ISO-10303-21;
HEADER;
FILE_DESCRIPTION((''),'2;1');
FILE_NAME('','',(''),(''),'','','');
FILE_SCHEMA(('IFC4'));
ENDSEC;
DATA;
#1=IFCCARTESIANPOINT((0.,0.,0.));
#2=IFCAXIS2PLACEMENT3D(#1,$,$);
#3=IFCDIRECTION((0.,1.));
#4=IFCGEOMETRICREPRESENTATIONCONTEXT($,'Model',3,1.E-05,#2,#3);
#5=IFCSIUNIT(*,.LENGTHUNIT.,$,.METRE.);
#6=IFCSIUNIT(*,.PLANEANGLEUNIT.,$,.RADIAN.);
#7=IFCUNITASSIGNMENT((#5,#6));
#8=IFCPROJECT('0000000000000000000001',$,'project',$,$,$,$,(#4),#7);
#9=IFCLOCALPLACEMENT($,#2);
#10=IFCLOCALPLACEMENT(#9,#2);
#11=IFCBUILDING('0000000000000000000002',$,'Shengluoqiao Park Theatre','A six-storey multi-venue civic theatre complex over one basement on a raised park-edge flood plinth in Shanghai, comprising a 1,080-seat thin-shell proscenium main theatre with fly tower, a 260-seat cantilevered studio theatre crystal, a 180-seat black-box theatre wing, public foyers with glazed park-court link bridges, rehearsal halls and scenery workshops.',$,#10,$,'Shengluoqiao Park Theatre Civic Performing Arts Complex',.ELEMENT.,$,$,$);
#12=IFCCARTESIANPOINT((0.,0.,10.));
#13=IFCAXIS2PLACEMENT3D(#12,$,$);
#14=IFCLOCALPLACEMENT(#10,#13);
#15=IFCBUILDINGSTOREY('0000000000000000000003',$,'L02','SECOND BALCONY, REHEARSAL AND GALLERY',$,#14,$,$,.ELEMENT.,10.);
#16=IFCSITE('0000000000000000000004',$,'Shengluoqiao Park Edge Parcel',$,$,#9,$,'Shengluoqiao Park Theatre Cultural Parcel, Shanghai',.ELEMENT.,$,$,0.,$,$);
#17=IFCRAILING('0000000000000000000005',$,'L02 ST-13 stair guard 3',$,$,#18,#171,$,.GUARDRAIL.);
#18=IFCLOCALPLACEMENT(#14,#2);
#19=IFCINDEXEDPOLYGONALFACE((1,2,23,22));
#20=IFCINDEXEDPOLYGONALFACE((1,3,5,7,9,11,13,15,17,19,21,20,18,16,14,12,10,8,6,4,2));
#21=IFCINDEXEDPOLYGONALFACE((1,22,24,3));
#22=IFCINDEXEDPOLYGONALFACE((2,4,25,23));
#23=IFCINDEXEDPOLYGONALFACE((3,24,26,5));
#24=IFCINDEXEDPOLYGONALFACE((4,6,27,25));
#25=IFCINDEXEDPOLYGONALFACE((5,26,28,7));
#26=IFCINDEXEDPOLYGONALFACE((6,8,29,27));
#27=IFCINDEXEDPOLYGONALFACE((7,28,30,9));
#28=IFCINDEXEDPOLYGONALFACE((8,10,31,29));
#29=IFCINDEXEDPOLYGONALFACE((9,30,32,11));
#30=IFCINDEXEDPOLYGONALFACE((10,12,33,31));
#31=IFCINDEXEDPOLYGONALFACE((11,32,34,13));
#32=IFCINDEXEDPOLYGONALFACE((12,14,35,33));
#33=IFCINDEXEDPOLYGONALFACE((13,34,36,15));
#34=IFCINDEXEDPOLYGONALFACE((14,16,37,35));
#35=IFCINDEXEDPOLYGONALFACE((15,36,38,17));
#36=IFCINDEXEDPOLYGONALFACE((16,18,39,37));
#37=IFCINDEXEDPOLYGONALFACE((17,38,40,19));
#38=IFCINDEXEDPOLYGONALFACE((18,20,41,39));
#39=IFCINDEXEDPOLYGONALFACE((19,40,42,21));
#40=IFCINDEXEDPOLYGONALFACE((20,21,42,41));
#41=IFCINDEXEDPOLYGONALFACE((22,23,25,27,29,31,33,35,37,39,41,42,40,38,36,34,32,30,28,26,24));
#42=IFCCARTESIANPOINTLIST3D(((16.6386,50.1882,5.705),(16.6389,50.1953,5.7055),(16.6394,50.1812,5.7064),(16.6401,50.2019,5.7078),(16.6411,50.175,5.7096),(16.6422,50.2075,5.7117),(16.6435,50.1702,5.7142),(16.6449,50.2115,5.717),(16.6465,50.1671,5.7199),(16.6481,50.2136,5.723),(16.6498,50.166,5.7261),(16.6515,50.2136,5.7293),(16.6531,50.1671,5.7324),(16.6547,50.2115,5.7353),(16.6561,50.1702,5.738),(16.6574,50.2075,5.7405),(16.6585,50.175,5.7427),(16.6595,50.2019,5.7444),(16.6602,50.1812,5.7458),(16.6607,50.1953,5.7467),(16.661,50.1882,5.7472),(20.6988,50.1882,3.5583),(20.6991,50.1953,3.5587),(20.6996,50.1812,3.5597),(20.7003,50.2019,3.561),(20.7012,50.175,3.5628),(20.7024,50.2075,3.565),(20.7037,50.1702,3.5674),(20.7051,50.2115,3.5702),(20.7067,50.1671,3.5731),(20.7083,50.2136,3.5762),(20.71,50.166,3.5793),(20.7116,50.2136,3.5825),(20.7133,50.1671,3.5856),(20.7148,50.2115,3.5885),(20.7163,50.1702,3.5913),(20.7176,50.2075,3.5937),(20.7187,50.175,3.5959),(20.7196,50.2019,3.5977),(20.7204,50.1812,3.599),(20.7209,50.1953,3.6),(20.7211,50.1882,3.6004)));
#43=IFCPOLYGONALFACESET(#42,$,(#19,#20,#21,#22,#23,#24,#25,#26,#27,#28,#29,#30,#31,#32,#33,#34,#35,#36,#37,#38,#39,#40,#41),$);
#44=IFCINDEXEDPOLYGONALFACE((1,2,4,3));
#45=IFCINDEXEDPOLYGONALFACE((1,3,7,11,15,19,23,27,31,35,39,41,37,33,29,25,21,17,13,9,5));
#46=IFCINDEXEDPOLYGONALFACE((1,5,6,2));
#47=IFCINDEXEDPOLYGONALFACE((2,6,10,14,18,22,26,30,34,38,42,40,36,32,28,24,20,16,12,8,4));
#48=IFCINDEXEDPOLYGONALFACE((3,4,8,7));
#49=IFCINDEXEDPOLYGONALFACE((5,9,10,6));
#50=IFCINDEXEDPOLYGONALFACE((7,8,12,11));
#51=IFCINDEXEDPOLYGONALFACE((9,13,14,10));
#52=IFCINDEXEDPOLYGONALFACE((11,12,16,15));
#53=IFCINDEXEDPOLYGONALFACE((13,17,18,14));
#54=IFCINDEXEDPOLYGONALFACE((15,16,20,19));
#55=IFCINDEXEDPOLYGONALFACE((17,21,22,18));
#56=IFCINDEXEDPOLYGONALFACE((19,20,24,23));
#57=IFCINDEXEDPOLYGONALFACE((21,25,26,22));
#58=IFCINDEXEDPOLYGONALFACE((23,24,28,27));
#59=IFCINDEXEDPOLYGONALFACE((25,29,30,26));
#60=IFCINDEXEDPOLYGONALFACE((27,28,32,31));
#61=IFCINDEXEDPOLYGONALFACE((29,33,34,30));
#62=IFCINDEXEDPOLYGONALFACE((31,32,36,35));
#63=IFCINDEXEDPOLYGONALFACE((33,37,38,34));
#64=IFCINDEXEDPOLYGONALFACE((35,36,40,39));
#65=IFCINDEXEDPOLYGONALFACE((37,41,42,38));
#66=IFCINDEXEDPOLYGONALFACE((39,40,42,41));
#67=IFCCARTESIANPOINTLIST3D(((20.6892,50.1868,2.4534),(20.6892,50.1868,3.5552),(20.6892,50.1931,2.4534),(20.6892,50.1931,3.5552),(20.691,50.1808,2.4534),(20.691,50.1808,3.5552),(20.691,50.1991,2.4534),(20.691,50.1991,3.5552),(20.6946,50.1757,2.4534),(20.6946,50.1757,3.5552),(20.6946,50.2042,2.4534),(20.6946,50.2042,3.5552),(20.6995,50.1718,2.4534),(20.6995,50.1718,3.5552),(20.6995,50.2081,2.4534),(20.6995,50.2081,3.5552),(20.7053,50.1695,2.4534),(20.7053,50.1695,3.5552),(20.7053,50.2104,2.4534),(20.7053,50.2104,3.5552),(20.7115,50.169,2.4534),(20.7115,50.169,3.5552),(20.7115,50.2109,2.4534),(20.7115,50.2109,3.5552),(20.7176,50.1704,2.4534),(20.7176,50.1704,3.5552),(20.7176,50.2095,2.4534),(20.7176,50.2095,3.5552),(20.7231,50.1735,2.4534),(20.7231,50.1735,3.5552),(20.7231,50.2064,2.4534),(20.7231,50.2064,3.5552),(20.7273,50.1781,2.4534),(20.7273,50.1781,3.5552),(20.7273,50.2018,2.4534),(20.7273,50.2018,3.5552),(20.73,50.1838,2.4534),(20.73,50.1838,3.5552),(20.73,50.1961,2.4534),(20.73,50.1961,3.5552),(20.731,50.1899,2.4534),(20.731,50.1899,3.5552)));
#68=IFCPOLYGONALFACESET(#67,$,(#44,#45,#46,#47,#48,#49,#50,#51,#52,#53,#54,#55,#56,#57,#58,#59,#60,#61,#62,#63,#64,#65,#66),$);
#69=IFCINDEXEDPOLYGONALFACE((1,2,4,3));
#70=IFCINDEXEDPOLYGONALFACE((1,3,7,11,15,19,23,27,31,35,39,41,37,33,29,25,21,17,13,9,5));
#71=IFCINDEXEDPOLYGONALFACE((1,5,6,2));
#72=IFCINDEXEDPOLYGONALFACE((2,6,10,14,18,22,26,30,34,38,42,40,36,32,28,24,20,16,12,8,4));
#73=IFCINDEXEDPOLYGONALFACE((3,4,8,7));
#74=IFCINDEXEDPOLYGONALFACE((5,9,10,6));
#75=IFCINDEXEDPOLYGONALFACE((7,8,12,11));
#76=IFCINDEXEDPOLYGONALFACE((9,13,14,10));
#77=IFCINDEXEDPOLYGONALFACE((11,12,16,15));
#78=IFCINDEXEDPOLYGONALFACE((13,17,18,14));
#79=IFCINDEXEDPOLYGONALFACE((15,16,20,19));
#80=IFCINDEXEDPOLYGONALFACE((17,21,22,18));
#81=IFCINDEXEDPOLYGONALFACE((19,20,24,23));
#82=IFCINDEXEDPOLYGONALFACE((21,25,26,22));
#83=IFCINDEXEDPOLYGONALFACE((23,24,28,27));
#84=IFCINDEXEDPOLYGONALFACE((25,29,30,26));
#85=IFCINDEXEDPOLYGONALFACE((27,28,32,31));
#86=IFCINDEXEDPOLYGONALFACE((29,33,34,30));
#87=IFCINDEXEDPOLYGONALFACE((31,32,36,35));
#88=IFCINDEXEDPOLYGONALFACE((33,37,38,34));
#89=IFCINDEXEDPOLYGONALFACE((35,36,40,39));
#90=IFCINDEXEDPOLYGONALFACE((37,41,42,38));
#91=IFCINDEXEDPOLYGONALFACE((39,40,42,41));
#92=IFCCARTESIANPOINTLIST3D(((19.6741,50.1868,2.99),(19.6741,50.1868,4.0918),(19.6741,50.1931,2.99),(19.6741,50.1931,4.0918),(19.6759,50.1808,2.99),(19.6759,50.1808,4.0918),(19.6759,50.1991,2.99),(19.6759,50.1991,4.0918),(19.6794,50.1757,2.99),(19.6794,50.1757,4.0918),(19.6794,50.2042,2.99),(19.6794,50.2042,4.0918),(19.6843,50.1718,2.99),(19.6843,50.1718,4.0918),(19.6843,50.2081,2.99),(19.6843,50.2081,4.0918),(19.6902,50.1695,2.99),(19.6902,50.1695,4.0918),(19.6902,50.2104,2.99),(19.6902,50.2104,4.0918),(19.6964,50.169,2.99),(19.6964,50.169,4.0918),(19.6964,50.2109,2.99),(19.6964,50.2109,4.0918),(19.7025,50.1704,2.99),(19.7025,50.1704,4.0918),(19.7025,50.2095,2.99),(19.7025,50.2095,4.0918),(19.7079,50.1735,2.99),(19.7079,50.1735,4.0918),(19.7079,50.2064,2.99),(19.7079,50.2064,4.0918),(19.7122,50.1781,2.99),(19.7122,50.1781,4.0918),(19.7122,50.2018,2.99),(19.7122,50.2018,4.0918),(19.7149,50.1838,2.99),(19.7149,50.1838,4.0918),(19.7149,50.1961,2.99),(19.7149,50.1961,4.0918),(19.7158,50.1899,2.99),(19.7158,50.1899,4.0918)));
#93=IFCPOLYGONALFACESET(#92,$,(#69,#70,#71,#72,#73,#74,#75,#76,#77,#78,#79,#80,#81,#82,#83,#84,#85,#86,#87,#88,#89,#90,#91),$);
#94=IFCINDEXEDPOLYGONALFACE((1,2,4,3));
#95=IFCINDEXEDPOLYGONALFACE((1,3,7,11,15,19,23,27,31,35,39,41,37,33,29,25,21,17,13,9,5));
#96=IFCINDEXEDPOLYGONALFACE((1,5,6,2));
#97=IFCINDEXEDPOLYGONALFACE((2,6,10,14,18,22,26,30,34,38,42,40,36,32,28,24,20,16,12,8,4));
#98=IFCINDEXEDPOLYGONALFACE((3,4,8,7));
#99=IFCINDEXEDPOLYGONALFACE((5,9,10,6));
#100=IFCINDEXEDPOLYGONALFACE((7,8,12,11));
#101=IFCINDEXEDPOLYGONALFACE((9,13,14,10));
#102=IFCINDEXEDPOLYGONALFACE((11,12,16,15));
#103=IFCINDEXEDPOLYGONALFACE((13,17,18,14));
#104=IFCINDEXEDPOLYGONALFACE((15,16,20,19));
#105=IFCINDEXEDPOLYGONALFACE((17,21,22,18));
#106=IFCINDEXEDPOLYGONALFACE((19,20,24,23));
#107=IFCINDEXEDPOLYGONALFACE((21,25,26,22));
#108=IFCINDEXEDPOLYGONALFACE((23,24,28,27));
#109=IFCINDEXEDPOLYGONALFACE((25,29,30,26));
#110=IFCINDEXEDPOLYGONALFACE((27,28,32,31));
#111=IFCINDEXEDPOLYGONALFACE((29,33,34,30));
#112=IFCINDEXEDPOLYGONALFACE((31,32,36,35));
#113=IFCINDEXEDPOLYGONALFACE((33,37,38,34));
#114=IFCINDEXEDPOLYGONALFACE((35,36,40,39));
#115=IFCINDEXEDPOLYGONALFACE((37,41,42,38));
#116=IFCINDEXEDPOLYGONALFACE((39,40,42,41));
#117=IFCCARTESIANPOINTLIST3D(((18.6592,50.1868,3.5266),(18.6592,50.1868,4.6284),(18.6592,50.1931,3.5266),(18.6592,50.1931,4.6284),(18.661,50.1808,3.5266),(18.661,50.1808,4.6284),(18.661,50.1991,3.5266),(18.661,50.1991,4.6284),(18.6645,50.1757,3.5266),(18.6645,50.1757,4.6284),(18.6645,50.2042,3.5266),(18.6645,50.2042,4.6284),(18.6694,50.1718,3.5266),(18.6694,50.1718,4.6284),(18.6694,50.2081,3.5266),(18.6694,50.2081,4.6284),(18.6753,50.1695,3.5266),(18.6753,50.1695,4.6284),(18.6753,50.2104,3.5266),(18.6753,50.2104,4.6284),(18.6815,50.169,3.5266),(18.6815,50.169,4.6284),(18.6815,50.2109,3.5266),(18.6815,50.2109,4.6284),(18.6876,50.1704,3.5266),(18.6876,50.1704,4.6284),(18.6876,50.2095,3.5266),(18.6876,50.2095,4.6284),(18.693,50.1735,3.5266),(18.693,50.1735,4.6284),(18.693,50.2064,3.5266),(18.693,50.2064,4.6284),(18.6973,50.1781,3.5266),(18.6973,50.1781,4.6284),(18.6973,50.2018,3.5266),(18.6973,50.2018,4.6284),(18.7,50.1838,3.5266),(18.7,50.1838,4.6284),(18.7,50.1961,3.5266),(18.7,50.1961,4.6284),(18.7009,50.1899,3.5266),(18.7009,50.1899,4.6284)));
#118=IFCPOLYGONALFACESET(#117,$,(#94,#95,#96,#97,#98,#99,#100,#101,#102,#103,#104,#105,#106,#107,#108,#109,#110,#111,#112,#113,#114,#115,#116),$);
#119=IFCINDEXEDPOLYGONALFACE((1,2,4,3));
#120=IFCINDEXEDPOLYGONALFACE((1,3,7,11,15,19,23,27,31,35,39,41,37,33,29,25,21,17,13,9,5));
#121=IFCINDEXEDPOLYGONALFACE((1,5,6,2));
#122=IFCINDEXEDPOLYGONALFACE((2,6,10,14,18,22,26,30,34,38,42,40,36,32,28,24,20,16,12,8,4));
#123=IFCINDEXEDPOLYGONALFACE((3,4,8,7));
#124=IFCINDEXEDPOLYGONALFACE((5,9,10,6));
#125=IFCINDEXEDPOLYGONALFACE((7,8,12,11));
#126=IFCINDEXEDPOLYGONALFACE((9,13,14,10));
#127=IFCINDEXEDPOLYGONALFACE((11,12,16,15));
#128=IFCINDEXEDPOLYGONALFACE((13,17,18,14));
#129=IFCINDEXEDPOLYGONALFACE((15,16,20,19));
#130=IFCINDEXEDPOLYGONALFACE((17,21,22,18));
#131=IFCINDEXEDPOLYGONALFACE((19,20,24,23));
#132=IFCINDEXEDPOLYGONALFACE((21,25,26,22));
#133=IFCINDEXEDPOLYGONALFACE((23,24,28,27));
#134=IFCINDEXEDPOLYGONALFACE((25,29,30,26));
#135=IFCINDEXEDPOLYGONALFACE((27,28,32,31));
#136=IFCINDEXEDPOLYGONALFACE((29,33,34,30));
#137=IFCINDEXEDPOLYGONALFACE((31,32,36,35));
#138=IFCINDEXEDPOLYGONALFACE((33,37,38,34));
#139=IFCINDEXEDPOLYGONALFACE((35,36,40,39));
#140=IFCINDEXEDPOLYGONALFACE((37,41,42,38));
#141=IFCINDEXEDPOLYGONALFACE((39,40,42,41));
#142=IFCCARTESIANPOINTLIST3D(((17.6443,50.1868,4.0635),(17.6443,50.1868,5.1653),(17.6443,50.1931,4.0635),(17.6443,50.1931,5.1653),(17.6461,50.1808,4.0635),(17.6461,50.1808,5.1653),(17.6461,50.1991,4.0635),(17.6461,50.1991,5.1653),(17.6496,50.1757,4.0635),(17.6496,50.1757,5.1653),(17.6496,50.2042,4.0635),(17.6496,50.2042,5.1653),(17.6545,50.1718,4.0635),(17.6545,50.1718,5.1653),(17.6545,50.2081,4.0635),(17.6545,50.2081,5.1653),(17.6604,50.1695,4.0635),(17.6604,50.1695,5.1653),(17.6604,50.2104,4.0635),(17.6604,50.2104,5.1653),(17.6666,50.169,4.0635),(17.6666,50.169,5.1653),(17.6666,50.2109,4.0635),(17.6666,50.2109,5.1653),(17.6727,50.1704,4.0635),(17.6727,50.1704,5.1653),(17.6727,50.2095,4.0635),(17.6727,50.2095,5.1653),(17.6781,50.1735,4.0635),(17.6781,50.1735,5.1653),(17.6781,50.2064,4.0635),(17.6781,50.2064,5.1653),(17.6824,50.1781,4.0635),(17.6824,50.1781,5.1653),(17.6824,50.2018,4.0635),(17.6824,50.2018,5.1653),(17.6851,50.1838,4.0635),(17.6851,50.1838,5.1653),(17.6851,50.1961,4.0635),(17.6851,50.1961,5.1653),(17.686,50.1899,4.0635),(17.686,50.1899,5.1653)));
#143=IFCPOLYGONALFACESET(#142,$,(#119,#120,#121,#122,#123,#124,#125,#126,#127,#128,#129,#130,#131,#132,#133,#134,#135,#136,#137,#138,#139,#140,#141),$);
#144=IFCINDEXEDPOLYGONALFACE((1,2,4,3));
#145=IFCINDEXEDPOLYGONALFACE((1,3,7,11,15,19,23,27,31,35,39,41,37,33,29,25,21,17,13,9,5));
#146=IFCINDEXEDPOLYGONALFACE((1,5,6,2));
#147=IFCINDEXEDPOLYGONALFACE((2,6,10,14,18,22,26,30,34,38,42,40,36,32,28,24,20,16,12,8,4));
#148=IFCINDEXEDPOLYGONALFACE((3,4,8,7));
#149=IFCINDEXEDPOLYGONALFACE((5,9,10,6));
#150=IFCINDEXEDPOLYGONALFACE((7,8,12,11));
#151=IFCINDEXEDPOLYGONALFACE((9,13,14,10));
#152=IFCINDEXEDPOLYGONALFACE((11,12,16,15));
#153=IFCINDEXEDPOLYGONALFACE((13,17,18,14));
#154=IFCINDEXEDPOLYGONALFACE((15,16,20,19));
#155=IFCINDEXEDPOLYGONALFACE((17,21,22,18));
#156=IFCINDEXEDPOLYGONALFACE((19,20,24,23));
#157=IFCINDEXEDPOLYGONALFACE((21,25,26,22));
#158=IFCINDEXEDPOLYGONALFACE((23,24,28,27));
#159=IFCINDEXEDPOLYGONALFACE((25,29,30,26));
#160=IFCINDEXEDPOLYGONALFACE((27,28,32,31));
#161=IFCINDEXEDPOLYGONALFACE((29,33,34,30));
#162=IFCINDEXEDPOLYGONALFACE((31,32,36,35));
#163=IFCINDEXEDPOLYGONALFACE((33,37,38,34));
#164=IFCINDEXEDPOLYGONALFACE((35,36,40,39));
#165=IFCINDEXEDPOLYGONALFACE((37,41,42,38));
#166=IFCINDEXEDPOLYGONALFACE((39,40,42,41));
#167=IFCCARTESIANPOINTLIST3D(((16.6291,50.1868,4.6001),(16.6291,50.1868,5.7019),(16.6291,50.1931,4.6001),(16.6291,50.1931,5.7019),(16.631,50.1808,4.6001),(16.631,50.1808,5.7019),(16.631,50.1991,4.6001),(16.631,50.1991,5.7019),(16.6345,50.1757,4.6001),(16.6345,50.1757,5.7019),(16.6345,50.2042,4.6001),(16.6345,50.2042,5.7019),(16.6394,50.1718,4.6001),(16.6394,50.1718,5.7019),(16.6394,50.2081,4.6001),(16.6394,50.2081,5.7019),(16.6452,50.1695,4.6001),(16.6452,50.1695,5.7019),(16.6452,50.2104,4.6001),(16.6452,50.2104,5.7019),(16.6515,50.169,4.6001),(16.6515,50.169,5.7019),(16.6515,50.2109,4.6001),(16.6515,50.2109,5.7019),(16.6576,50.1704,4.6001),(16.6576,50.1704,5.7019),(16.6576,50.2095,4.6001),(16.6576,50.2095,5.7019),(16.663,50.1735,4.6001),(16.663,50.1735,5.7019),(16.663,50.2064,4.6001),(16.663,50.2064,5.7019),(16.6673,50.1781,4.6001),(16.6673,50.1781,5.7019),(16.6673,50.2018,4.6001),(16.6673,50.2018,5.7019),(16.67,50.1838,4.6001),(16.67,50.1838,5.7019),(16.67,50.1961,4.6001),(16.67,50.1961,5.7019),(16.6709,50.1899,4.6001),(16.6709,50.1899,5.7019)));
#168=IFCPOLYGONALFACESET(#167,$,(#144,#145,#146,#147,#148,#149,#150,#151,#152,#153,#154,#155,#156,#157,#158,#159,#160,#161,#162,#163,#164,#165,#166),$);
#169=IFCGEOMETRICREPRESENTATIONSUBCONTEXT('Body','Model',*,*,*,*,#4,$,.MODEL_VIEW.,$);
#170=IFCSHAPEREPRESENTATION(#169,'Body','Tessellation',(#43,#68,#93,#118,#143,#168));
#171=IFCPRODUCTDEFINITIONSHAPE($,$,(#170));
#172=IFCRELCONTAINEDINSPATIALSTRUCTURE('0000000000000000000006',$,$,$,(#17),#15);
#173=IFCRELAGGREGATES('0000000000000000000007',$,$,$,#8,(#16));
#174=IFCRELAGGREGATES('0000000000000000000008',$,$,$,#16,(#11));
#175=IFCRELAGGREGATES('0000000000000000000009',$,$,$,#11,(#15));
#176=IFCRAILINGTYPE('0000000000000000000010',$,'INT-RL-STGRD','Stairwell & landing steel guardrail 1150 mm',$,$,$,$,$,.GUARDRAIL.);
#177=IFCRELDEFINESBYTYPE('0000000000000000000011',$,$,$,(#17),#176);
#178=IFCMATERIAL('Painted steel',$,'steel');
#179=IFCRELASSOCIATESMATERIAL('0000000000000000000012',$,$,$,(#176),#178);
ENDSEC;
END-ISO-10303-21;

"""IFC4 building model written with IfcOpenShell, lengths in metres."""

from ifc_helpers import new_model, si_unit, direction, frame, origin, origin_2d, place, context, subcontext, project, spatial, circle, extrude, material, type_object, element, save


model = new_model("IFC4")

# Units and contexts
model_context = context("Model", 3, precision=1e-05, world=origin(), true_north=direction((0.0, 1.0)))
body_context = subcontext(model_context, "Body", "Model", "MODEL_VIEW")
ifc_project = project(units=[si_unit("LENGTHUNIT", "METRE"), si_unit("PLANEANGLEUNIT", "RADIAN")], contexts=[model_context])

# Site, building, storey
site_placement = place(None, origin())
site = spatial("IfcSite", under=ifc_project, at=site_placement, Name="Shengluoqiao Park Edge Parcel", LongName="Shengluoqiao Park Theatre Cultural Parcel, Shanghai", CompositionType="ELEMENT", RefElevation=0.0)
building_placement = place(site_placement, origin())
building = spatial("IfcBuilding", under=site, at=building_placement, Name="Shengluoqiao Park Theatre", Description="A six-storey multi-venue civic theatre complex over one basement on a raised park-edge flood plinth in Shanghai, comprising a 1,080-seat thin-shell proscenium main theatre with fly tower, a 260-seat cantilevered studio theatre crystal, a 180-seat black-box theatre wing, public foyers with glazed park-court link bridges, rehearsal halls and scenery workshops.", LongName="Shengluoqiao Park Theatre Civic Performing Arts Complex", CompositionType="ELEMENT")
storey_placement = place(building_placement, frame((0.0, 0.0, 10.0)))
storey = spatial("IfcBuildingStorey", under=building, at=storey_placement, Name="L02", Description="SECOND BALCONY, REHEARSAL AND GALLERY", CompositionType="ELEMENT", Elevation=10.0)

# Railing
ifc_material_1 = material(Name="Painted steel", Category="steel")
railing_type_1 = type_object("IfcRailingType", Name="INT-RL-STGRD", Description="Stairwell & landing steel guardrail 1150 mm", PredefinedType="GUARDRAIL", material=ifc_material_1)
railing_1_placement = place(storey_placement, frame((20.71, 50.1899, 2.4534)))
element("IfcRailing", 1, at=railing_1_placement, inside=storey, type_object=railing_type_1, Name="L02 ST-13 stair guard 3", PredefinedType="GUARDRAIL", context=body_context, shape_type="SweptSolid", body=[
    extrude(circle(Radius=0.0239, at=origin_2d()), frame((0.0, 0.0, 1.126), z_axis=(-0.884032, 0.0, 0.467426), x_axis=(0.0, -1.0, 0.0)), (0.0, 0.0, 1.0), 4.5928),
    extrude(circle(Radius=0.021, at=origin_2d()), origin(), (0.0, 0.0, 1.0), 1.1018),
    extrude(circle(Radius=0.021, at=origin_2d()), frame((-1.0151, 0.0, 0.5366)), (0.0, 0.0, 1.0), 1.1018),
    extrude(circle(Radius=0.021, at=origin_2d()), frame((-2.03, 0.0, 1.0732)), (0.0, 0.0, 1.0), 1.1018),
    extrude(circle(Radius=0.021, at=origin_2d()), frame((-3.0449, 0.0, 1.6101)), (0.0, 0.0, 1.0), 1.1018),
    extrude(circle(Radius=0.021, at=origin_2d()), frame((-4.0601, 0.0, 2.1467)), (0.0, 0.0, 1.0), 1.1018),
])

save(model, "model.ifc")
